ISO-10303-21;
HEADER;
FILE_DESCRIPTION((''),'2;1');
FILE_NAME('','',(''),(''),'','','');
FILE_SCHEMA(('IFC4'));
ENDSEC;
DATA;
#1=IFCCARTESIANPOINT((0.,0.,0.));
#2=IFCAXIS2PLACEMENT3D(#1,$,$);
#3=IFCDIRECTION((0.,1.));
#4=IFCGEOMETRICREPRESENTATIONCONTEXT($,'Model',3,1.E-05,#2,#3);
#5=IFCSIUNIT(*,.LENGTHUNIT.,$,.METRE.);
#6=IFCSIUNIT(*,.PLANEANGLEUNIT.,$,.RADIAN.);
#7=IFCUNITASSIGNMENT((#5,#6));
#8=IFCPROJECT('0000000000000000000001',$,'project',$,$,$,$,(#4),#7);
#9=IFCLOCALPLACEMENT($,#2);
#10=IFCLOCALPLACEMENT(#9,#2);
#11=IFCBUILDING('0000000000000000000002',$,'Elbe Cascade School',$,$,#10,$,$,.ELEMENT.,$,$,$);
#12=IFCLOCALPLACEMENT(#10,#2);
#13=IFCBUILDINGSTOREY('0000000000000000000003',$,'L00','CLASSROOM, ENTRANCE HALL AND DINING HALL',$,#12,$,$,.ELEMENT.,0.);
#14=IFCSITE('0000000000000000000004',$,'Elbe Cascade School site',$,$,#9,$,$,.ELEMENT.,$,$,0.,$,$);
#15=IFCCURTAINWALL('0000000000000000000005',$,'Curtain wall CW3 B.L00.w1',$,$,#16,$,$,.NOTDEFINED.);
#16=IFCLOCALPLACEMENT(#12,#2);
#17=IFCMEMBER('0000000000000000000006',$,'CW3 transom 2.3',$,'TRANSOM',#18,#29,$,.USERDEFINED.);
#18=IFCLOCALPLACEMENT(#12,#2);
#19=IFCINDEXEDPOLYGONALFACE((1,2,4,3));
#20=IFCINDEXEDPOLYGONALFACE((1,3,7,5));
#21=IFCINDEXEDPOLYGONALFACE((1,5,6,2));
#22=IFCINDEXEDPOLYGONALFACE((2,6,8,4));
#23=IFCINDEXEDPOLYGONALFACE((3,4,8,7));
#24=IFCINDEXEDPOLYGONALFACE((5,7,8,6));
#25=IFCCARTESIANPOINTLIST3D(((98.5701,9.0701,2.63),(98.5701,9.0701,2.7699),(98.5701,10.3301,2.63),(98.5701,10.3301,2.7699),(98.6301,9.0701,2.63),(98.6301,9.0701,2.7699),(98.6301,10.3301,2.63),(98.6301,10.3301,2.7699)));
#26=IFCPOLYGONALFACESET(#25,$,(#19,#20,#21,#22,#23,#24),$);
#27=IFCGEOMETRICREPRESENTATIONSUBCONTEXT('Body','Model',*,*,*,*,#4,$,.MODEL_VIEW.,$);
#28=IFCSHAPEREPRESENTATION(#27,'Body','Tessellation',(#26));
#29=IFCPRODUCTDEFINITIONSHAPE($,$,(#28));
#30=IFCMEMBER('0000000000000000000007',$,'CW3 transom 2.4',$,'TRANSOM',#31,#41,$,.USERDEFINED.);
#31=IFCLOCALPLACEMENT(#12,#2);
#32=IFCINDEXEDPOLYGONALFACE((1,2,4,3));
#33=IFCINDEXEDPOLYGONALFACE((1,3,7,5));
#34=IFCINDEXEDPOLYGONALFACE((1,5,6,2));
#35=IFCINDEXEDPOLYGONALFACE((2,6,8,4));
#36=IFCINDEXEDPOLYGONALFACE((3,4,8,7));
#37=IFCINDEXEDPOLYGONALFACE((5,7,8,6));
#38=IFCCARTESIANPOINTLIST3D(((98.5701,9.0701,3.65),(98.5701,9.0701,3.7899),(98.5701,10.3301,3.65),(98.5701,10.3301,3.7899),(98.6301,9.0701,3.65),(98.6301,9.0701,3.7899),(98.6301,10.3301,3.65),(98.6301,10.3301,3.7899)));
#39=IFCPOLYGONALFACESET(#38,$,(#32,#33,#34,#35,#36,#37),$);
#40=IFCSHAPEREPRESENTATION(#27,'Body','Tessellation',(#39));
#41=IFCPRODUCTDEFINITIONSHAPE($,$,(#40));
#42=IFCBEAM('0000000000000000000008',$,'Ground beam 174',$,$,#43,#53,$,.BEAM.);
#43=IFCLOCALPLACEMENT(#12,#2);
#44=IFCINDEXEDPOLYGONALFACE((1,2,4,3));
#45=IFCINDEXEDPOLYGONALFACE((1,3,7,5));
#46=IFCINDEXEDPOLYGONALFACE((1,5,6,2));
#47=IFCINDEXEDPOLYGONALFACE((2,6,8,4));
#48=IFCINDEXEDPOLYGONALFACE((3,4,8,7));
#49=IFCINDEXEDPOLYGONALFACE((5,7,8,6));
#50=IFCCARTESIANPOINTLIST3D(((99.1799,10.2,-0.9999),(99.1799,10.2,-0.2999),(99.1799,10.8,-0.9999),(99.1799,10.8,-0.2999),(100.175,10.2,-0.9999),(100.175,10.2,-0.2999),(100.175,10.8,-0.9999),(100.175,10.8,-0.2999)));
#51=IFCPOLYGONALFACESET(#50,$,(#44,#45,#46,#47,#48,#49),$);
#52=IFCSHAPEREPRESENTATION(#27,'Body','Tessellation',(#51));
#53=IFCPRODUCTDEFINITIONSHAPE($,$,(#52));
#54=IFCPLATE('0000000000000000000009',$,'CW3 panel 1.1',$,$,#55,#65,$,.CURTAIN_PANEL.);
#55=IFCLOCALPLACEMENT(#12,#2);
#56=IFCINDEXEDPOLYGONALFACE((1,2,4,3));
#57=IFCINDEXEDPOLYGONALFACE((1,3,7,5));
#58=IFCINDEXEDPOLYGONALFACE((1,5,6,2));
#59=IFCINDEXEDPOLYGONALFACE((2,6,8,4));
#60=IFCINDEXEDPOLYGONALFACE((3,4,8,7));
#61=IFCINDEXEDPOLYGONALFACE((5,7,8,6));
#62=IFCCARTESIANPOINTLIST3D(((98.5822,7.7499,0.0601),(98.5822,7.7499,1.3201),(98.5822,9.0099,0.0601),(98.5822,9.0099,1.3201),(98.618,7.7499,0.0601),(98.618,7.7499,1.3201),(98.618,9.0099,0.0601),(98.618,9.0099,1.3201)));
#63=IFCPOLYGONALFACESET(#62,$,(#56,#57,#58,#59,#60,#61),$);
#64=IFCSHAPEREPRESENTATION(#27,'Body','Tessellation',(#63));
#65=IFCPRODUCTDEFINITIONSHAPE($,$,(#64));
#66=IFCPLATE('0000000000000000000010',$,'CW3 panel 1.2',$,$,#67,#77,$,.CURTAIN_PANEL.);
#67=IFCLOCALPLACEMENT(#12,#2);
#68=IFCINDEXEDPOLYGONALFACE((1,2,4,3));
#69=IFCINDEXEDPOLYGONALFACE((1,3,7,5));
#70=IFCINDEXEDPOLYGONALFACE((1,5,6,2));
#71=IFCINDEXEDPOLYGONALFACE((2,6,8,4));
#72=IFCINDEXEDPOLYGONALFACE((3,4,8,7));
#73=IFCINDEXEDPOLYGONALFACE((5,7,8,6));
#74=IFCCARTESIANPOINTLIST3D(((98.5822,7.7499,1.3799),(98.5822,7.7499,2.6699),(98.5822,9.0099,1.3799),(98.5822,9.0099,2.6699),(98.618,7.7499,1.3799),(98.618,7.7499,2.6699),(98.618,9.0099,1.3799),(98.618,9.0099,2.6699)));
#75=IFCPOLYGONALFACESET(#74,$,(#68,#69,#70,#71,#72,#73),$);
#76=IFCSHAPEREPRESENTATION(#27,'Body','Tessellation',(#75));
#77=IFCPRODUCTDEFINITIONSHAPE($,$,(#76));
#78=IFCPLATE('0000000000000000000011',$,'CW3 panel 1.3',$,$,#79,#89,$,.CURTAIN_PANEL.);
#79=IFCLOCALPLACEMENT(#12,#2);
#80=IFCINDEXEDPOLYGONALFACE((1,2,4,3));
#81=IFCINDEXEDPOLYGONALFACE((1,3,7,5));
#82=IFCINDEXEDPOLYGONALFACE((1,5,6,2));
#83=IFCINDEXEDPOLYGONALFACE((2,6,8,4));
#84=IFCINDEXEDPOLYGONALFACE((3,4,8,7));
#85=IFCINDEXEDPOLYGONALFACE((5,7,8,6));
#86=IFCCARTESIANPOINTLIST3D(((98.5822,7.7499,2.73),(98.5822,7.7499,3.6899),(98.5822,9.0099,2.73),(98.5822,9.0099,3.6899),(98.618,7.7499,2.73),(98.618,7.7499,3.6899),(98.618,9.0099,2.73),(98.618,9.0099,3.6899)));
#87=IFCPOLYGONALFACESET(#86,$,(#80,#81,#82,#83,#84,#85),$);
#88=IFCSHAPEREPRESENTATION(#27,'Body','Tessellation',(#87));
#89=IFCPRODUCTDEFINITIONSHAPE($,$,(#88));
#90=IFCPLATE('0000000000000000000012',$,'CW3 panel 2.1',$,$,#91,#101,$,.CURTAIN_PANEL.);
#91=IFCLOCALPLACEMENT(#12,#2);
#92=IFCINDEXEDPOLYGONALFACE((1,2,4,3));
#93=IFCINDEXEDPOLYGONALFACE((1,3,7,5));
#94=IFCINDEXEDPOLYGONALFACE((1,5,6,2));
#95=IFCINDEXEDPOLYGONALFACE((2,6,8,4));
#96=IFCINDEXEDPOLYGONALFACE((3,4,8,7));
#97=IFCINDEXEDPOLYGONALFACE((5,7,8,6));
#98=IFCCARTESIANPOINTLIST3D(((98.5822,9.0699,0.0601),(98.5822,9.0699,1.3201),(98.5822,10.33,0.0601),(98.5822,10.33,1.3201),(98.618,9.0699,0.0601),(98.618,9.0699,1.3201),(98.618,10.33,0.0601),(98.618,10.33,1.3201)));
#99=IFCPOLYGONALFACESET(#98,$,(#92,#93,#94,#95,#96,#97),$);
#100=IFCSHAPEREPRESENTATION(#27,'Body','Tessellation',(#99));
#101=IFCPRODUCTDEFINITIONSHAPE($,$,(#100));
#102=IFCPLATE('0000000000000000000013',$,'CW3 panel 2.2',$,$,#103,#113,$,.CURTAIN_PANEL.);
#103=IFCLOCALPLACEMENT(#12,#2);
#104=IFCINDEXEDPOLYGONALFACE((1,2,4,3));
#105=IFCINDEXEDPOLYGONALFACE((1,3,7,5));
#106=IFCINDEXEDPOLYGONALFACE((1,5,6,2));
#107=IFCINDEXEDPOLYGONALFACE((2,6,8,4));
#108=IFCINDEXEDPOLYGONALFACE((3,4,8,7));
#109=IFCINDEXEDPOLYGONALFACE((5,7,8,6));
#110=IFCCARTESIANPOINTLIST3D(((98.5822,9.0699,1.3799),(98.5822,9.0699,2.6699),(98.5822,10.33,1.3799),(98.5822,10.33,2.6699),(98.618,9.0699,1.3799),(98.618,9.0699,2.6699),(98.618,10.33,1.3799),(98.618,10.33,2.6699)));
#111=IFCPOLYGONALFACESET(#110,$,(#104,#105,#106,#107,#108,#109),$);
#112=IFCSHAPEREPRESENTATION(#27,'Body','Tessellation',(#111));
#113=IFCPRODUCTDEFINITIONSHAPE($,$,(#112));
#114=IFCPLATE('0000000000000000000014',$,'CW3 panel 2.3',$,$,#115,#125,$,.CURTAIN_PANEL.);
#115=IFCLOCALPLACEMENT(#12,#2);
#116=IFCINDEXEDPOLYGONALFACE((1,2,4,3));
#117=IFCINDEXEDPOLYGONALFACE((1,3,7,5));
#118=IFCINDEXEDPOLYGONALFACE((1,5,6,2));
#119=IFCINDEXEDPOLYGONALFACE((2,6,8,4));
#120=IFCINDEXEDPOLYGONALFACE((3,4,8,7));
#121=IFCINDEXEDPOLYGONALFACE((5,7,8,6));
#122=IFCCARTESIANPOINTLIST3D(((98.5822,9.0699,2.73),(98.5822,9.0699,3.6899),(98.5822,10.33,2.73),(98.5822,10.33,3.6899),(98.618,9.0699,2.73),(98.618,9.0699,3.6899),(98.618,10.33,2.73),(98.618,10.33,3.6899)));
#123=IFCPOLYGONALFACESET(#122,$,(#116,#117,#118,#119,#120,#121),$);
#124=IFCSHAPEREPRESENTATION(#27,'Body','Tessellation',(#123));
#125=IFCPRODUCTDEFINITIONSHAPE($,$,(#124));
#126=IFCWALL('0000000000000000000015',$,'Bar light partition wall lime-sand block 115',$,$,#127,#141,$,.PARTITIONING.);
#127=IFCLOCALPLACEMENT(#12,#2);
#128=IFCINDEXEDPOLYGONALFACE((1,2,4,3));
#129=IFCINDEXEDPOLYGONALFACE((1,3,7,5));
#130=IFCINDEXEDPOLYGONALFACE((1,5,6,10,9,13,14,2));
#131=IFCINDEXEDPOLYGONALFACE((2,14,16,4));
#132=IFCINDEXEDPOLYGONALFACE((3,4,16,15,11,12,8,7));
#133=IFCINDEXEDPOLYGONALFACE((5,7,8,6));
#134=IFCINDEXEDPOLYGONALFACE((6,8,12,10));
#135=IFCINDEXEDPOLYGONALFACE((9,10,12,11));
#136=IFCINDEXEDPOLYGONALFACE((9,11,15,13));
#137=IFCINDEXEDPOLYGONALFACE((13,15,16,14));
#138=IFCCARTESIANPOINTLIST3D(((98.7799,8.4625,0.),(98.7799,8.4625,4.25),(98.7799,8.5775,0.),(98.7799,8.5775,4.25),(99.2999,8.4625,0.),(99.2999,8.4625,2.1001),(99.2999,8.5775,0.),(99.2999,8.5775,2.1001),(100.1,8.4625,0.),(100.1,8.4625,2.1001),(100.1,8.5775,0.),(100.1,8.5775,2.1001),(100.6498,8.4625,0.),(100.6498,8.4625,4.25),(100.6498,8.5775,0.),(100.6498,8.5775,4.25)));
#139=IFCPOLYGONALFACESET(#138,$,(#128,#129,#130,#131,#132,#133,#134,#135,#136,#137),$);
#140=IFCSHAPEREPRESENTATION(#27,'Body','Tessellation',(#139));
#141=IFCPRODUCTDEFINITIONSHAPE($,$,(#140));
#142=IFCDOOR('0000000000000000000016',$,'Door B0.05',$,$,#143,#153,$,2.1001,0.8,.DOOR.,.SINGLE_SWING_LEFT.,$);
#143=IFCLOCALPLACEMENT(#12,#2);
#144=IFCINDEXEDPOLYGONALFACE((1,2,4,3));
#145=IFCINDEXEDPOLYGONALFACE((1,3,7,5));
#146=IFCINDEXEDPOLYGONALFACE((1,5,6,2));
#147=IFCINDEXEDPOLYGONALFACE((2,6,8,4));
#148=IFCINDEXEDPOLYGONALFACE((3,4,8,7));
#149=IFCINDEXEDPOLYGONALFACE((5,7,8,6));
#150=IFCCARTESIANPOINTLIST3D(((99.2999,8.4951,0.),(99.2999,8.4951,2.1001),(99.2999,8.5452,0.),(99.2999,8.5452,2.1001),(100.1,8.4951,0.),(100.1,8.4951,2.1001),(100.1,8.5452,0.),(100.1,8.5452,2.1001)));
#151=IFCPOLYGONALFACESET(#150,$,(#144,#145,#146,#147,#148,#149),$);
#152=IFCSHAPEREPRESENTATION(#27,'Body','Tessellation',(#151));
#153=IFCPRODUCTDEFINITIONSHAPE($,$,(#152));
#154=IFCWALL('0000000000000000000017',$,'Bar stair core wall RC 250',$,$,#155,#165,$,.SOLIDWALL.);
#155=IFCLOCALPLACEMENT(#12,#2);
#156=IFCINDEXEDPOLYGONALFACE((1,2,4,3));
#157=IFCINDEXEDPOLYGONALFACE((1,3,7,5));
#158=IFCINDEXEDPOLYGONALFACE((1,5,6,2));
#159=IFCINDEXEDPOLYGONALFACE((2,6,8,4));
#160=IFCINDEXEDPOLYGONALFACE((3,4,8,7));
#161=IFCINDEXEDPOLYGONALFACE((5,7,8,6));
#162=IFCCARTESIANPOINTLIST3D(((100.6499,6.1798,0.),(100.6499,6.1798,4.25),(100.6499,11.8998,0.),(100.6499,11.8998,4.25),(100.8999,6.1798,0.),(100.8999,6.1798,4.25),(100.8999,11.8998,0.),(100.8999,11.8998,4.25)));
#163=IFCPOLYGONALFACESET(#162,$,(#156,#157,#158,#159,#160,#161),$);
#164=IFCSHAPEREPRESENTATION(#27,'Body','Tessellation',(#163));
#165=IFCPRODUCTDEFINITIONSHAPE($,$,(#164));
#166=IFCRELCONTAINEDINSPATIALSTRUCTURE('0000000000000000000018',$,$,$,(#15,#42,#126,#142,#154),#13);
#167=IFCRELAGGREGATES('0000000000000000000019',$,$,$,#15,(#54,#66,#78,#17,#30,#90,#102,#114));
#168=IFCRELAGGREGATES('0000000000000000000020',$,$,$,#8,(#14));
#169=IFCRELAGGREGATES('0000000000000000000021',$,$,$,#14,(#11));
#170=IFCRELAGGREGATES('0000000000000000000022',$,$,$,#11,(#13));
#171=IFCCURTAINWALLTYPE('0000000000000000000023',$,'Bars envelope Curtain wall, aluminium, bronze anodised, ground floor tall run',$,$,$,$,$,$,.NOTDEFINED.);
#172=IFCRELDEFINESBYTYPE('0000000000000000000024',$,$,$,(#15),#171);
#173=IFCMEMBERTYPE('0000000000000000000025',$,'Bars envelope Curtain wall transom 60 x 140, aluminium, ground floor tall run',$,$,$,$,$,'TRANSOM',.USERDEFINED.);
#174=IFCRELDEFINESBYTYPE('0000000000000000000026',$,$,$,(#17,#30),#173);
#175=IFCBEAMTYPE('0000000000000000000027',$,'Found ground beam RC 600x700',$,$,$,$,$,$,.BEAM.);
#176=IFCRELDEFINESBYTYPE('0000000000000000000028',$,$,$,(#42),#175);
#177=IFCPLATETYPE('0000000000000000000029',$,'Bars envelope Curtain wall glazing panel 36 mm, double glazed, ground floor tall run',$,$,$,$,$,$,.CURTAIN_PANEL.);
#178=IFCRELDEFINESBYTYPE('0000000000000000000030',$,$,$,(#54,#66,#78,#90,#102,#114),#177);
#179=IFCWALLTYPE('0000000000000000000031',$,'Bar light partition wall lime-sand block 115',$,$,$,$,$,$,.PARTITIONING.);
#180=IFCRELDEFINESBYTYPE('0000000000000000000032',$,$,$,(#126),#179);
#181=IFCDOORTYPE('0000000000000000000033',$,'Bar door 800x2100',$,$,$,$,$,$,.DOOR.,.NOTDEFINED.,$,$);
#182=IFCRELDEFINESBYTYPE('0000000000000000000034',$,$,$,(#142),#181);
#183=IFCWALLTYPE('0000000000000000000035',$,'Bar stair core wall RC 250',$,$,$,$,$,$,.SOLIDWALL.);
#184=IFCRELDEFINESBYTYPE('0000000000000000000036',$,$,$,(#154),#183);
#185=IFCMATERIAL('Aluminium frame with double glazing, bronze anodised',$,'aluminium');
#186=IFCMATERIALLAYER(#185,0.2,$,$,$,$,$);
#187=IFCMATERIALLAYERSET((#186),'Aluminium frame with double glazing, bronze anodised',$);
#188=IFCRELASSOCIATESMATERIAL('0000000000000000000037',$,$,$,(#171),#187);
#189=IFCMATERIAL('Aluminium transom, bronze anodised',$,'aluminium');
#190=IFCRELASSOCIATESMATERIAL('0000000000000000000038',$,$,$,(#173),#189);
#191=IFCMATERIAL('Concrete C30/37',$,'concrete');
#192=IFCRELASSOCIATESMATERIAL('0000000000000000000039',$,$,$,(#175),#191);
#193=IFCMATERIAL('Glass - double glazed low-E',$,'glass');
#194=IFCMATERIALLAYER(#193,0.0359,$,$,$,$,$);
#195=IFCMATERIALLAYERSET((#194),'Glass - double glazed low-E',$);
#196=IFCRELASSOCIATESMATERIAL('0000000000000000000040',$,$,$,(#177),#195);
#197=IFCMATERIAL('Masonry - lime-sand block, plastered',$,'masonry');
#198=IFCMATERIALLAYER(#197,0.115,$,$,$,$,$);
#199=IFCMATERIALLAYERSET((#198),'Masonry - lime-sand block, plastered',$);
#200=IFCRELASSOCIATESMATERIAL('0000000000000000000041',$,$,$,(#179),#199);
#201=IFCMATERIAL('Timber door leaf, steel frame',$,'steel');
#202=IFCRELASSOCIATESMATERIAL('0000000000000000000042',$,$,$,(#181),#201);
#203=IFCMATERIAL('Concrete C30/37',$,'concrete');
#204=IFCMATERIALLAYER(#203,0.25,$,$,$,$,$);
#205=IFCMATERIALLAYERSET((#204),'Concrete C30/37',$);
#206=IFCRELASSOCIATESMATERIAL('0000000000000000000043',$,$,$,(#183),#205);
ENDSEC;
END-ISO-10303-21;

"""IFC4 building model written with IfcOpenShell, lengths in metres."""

from ifc_helpers import new_model, si_unit, direction, frame, frame_2d, origin, origin_2d, place, context, subcontext, project, spatial, rectangle, extrude, material, layer, layer_set, material_profile, profile_set, type_object, element, fill, aggregate, save


model = new_model("IFC4")

# Units and contexts
model_context = context("Model", 3, precision=1e-05, world=origin(), true_north=direction((0.0, 1.0)))
body_context = subcontext(model_context, "Body", "Model", "MODEL_VIEW")
ifc_project = project(units=[si_unit("LENGTHUNIT", "METRE"), si_unit("PLANEANGLEUNIT", "RADIAN")], contexts=[model_context])

# Site, building, storey
site_placement = place(None, origin())
site = spatial("IfcSite", under=ifc_project, at=site_placement, Name="Elbe Cascade School site", CompositionType="ELEMENT", RefElevation=0.0)
building_placement = place(site_placement, origin())
building = spatial("IfcBuilding", under=site, at=building_placement, Name="Elbe Cascade School", CompositionType="ELEMENT")
storey_placement = place(building_placement, origin())
storey = spatial("IfcBuildingStorey", under=building, at=storey_placement, Name="L00", Description="CLASSROOM, ENTRANCE HALL AND DINING HALL", CompositionType="ELEMENT", Elevation=0.0)

# Curtain wall, members
ifc_material_1 = material(Name="Aluminium frame with double glazing, bronze anodised", Category="aluminium")
ifc_layer_1 = layer(ifc_material_1, 0.2)
ifc_layer_set_1 = layer_set([ifc_layer_1], Name="Aluminium frame with double glazing, bronze anodised")
curtain_wall_type = type_object("IfcCurtainWallType", Name="Bars envelope Curtain wall, aluminium, bronze anodised, ground floor tall run", PredefinedType="NOTDEFINED", material=ifc_layer_set_1)
curtain_wall_placement = place(storey_placement, origin())
curtain_wall = element("IfcCurtainWall", 1, at=curtain_wall_placement, inside=storey, type_object=curtain_wall_type, Name="Curtain wall CW3 B.L00.w1", PredefinedType="NOTDEFINED")
ifc_material_2 = material(Name="Aluminium transom, bronze anodised", Category="aluminium")
ifc_material_profile_1 = material_profile(ifc_material_2, rectangle(XDim=0.0601, YDim=0.1399, at=origin_2d()), Name="Bars envelope Curtain wall transom 60 x 140, aluminium, ground floor tall run")
ifc_profile_set_1 = profile_set([ifc_material_profile_1], Name="Aluminium transom, bronze anodised")
member_type_1 = type_object("IfcMemberType", Name="Bars envelope Curtain wall transom 60 x 140, aluminium, ground floor tall run", ElementType="TRANSOM", PredefinedType="USERDEFINED", material=ifc_profile_set_1)
member_1_placement = place(storey_placement, frame((98.6001, 9.0701, 2.7), z_axis=(0.0, 1.0, 0.0), x_axis=(-1.0, 0.0, 0.0)))
member_1 = element("IfcMember", 2, at=member_1_placement, type_object=member_type_1, Name="CW3 transom 2.3", ObjectType="TRANSOM", PredefinedType="USERDEFINED", context=body_context, shape_type="SweptSolid", body=[
    extrude(rectangle(XDim=0.0601, YDim=0.1399, at=origin_2d()), origin(), (0.0, 0.0, 1.0), 1.26),
])
member_2_placement = place(storey_placement, frame((98.6001, 9.0701, 3.72), z_axis=(0.0, 1.0, 0.0), x_axis=(-1.0, 0.0, 0.0)))
member_2 = element("IfcMember", 3, at=member_2_placement, type_object=member_type_1, Name="CW3 transom 2.4", ObjectType="TRANSOM", PredefinedType="USERDEFINED", context=body_context, shape_type="SweptSolid", body=[
    extrude(rectangle(XDim=0.0601, YDim=0.1399, at=origin_2d()), origin(), (0.0, 0.0, 1.0), 1.26),
])

# Beam
ifc_material_3 = material(Name="Concrete C30/37", Category="concrete")
ifc_material_profile_2 = material_profile(ifc_material_3, rectangle(XDim=0.6001, YDim=0.7, at=origin_2d()), Name="RC 600x700")
ifc_profile_set_2 = profile_set([ifc_material_profile_2], Name="Concrete C30/37")
beam_type = type_object("IfcBeamType", Name="Found ground beam RC 600x700", PredefinedType="BEAM", material=ifc_profile_set_2)
beam_placement = place(storey_placement, frame((99.1799, 10.5, -0.6499), z_axis=(1.0, 0.0, 0.0), x_axis=(0.0, 1.0, 0.0)))
element("IfcBeam", 4, at=beam_placement, inside=storey, type_object=beam_type, Name="Ground beam 174", PredefinedType="BEAM", context=body_context, shape_type="SweptSolid", body=[
    extrude(rectangle(XDim=0.6001, YDim=0.7, at=origin_2d()), origin(), (0.0, 0.0, 1.0), 0.9951),
])

# Plates
ifc_material_4 = material(Name="Glass - double glazed low-E", Category="glass")
ifc_layer_2 = layer(ifc_material_4, 0.0359)
ifc_layer_set_2 = layer_set([ifc_layer_2], Name="Glass - double glazed low-E")
plate_type = type_object("IfcPlateType", Name="Bars envelope Curtain wall glazing panel 36 mm, double glazed, ground floor tall run", PredefinedType="CURTAIN_PANEL", material=ifc_layer_set_2)
plate_1_placement = place(storey_placement, frame((98.6001, 8.3799, 0.0601), z_axis=(0.0, 0.0, 1.0), x_axis=(0.0, 1.0, 0.0)))
plate_1 = element("IfcPlate", 5, at=plate_1_placement, type_object=plate_type, Name="CW3 panel 1.1", PredefinedType="CURTAIN_PANEL", context=body_context, shape_type="SweptSolid", body=[
    extrude(rectangle(XDim=1.26, YDim=0.0359, at=origin_2d()), origin(), (0.0, 0.0, 1.0), 1.26),
])
plate_2_placement = place(storey_placement, frame((98.6001, 8.3799, 1.3799), z_axis=(0.0, 0.0, 1.0), x_axis=(0.0, 1.0, 0.0)))
plate_2 = element("IfcPlate", 6, at=plate_2_placement, type_object=plate_type, Name="CW3 panel 1.2", PredefinedType="CURTAIN_PANEL", context=body_context, shape_type="SweptSolid", body=[
    extrude(rectangle(XDim=1.26, YDim=0.0359, at=origin_2d()), origin(), (0.0, 0.0, 1.0), 1.29),
])
plate_3_placement = place(storey_placement, frame((98.6001, 8.3799, 2.73), z_axis=(0.0, 0.0, 1.0), x_axis=(0.0, 1.0, 0.0)))
plate_3 = element("IfcPlate", 7, at=plate_3_placement, type_object=plate_type, Name="CW3 panel 1.3", PredefinedType="CURTAIN_PANEL", context=body_context, shape_type="SweptSolid", body=[
    extrude(rectangle(XDim=1.26, YDim=0.0359, at=origin_2d()), origin(), (0.0, 0.0, 1.0), 0.96),
])
plate_4_placement = place(storey_placement, frame((98.6001, 9.7, 0.0601), z_axis=(0.0, 0.0, 1.0), x_axis=(0.0, 1.0, 0.0)))
plate_4 = element("IfcPlate", 8, at=plate_4_placement, type_object=plate_type, Name="CW3 panel 2.1", PredefinedType="CURTAIN_PANEL", context=body_context, shape_type="SweptSolid", body=[
    extrude(rectangle(XDim=1.26, YDim=0.0359, at=origin_2d()), origin(), (0.0, 0.0, 1.0), 1.26),
])
plate_5_placement = place(storey_placement, frame((98.6001, 9.7, 1.3799), z_axis=(0.0, 0.0, 1.0), x_axis=(0.0, 1.0, 0.0)))
plate_5 = element("IfcPlate", 9, at=plate_5_placement, type_object=plate_type, Name="CW3 panel 2.2", PredefinedType="CURTAIN_PANEL", context=body_context, shape_type="SweptSolid", body=[
    extrude(rectangle(XDim=1.26, YDim=0.0359, at=origin_2d()), origin(), (0.0, 0.0, 1.0), 1.29),
])
plate_6_placement = place(storey_placement, frame((98.6001, 9.7, 2.73), z_axis=(0.0, 0.0, 1.0), x_axis=(0.0, 1.0, 0.0)))
plate_6 = element("IfcPlate", 10, at=plate_6_placement, type_object=plate_type, Name="CW3 panel 2.3", PredefinedType="CURTAIN_PANEL", context=body_context, shape_type="SweptSolid", body=[
    extrude(rectangle(XDim=1.26, YDim=0.0359, at=origin_2d()), origin(), (0.0, 0.0, 1.0), 0.96),
])
aggregate(curtain_wall, [plate_1, plate_2, plate_3, member_1, member_2, plate_4, plate_5, plate_6])

# Wall, opening, door
ifc_material_5 = material(Name="Masonry - lime-sand block, plastered", Category="masonry")
ifc_layer_3 = layer(ifc_material_5, 0.115)
ifc_layer_set_3 = layer_set([ifc_layer_3], Name="Masonry - lime-sand block, plastered")
wall_type_1 = type_object("IfcWallType", Name="Bar light partition wall lime-sand block 115", PredefinedType="PARTITIONING", material=ifc_layer_set_3)
wall_1_placement = place(storey_placement, frame((100.6499, 8.52, 0.0), z_axis=(0.0, 0.0, 1.0), x_axis=(-1.0, 0.0, 0.0)))
wall_1 = element("IfcWall", 11, at=wall_1_placement, inside=storey, type_object=wall_type_1, Name="Bar light partition wall lime-sand block 115", PredefinedType="PARTITIONING", context=body_context, shape_type="SweptSolid", body=[
    extrude(rectangle(XDim=1.8699, YDim=0.115, at=frame_2d((0.9351, 0.0))), origin(), (0.0, 0.0, 1.0), 4.25),
])
opening_1_placement = place(wall_1_placement, frame((0.55, 0.0, 0.0)))
opening_1 = element("IfcOpeningElement", 12, at=opening_1_placement, cuts=wall_1, PredefinedType="OPENING", context=body_context, shape_type="SweptSolid", body=[
    extrude(rectangle(XDim=0.8, YDim=2.1001, at=frame_2d((0.3999, 1.05))), frame((0.0, 0.0674, 0.0), z_axis=(0.0, -1.0, 0.0), x_axis=(1.0, 0.0, 0.0)), (0.0, 0.0, 1.0), 0.135),
])
ifc_material_6 = material(Name="Timber door leaf, steel frame", Category="steel")
door_type_1 = type_object("IfcDoorType", Name="Bar door 800x2100", OperationType="NOTDEFINED", PredefinedType="DOOR", material=ifc_material_6)
door_1_placement = place(opening_1_placement, origin())
door_1 = element("IfcDoor", 13, at=door_1_placement, inside=storey, type_object=door_type_1, Name="Door B0.05", OperationType="SINGLE_SWING_LEFT", OverallHeight=2.1001, OverallWidth=0.8, PredefinedType="DOOR", context=body_context, shape_type="SweptSolid", body=[
    extrude(rectangle(XDim=0.8, YDim=2.1001, at=frame_2d((0.3999, 1.05))), frame((0.0, 0.0249, 0.0), z_axis=(0.0, -1.0, 0.0), x_axis=(1.0, 0.0, 0.0)), (0.0, 0.0, 1.0), 0.05),
])
fill(opening_1, door_1)

# Wall
ifc_material_7 = material(Name="Concrete C30/37", Category="concrete")
ifc_layer_4 = layer(ifc_material_7, 0.25)
ifc_layer_set_4 = layer_set([ifc_layer_4], Name="Concrete C30/37")
wall_type_2 = type_object("IfcWallType", Name="Bar stair core wall RC 250", PredefinedType="SOLIDWALL", material=ifc_layer_set_4)
wall_2_placement = place(storey_placement, frame((100.7749, 6.1799, 0.0), z_axis=(0.0, 0.0, 1.0), x_axis=(0.0, 1.0, 0.0)))
element("IfcWall", 14, at=wall_2_placement, inside=storey, type_object=wall_type_2, Name="Bar stair core wall RC 250", PredefinedType="SOLIDWALL", context=body_context, shape_type="SweptSolid", body=[
    extrude(rectangle(XDim=5.72, YDim=0.25, at=frame_2d((2.8599, 0.0))), origin(), (0.0, 0.0, 1.0), 4.25),
])

save(model, "model.ifc")
